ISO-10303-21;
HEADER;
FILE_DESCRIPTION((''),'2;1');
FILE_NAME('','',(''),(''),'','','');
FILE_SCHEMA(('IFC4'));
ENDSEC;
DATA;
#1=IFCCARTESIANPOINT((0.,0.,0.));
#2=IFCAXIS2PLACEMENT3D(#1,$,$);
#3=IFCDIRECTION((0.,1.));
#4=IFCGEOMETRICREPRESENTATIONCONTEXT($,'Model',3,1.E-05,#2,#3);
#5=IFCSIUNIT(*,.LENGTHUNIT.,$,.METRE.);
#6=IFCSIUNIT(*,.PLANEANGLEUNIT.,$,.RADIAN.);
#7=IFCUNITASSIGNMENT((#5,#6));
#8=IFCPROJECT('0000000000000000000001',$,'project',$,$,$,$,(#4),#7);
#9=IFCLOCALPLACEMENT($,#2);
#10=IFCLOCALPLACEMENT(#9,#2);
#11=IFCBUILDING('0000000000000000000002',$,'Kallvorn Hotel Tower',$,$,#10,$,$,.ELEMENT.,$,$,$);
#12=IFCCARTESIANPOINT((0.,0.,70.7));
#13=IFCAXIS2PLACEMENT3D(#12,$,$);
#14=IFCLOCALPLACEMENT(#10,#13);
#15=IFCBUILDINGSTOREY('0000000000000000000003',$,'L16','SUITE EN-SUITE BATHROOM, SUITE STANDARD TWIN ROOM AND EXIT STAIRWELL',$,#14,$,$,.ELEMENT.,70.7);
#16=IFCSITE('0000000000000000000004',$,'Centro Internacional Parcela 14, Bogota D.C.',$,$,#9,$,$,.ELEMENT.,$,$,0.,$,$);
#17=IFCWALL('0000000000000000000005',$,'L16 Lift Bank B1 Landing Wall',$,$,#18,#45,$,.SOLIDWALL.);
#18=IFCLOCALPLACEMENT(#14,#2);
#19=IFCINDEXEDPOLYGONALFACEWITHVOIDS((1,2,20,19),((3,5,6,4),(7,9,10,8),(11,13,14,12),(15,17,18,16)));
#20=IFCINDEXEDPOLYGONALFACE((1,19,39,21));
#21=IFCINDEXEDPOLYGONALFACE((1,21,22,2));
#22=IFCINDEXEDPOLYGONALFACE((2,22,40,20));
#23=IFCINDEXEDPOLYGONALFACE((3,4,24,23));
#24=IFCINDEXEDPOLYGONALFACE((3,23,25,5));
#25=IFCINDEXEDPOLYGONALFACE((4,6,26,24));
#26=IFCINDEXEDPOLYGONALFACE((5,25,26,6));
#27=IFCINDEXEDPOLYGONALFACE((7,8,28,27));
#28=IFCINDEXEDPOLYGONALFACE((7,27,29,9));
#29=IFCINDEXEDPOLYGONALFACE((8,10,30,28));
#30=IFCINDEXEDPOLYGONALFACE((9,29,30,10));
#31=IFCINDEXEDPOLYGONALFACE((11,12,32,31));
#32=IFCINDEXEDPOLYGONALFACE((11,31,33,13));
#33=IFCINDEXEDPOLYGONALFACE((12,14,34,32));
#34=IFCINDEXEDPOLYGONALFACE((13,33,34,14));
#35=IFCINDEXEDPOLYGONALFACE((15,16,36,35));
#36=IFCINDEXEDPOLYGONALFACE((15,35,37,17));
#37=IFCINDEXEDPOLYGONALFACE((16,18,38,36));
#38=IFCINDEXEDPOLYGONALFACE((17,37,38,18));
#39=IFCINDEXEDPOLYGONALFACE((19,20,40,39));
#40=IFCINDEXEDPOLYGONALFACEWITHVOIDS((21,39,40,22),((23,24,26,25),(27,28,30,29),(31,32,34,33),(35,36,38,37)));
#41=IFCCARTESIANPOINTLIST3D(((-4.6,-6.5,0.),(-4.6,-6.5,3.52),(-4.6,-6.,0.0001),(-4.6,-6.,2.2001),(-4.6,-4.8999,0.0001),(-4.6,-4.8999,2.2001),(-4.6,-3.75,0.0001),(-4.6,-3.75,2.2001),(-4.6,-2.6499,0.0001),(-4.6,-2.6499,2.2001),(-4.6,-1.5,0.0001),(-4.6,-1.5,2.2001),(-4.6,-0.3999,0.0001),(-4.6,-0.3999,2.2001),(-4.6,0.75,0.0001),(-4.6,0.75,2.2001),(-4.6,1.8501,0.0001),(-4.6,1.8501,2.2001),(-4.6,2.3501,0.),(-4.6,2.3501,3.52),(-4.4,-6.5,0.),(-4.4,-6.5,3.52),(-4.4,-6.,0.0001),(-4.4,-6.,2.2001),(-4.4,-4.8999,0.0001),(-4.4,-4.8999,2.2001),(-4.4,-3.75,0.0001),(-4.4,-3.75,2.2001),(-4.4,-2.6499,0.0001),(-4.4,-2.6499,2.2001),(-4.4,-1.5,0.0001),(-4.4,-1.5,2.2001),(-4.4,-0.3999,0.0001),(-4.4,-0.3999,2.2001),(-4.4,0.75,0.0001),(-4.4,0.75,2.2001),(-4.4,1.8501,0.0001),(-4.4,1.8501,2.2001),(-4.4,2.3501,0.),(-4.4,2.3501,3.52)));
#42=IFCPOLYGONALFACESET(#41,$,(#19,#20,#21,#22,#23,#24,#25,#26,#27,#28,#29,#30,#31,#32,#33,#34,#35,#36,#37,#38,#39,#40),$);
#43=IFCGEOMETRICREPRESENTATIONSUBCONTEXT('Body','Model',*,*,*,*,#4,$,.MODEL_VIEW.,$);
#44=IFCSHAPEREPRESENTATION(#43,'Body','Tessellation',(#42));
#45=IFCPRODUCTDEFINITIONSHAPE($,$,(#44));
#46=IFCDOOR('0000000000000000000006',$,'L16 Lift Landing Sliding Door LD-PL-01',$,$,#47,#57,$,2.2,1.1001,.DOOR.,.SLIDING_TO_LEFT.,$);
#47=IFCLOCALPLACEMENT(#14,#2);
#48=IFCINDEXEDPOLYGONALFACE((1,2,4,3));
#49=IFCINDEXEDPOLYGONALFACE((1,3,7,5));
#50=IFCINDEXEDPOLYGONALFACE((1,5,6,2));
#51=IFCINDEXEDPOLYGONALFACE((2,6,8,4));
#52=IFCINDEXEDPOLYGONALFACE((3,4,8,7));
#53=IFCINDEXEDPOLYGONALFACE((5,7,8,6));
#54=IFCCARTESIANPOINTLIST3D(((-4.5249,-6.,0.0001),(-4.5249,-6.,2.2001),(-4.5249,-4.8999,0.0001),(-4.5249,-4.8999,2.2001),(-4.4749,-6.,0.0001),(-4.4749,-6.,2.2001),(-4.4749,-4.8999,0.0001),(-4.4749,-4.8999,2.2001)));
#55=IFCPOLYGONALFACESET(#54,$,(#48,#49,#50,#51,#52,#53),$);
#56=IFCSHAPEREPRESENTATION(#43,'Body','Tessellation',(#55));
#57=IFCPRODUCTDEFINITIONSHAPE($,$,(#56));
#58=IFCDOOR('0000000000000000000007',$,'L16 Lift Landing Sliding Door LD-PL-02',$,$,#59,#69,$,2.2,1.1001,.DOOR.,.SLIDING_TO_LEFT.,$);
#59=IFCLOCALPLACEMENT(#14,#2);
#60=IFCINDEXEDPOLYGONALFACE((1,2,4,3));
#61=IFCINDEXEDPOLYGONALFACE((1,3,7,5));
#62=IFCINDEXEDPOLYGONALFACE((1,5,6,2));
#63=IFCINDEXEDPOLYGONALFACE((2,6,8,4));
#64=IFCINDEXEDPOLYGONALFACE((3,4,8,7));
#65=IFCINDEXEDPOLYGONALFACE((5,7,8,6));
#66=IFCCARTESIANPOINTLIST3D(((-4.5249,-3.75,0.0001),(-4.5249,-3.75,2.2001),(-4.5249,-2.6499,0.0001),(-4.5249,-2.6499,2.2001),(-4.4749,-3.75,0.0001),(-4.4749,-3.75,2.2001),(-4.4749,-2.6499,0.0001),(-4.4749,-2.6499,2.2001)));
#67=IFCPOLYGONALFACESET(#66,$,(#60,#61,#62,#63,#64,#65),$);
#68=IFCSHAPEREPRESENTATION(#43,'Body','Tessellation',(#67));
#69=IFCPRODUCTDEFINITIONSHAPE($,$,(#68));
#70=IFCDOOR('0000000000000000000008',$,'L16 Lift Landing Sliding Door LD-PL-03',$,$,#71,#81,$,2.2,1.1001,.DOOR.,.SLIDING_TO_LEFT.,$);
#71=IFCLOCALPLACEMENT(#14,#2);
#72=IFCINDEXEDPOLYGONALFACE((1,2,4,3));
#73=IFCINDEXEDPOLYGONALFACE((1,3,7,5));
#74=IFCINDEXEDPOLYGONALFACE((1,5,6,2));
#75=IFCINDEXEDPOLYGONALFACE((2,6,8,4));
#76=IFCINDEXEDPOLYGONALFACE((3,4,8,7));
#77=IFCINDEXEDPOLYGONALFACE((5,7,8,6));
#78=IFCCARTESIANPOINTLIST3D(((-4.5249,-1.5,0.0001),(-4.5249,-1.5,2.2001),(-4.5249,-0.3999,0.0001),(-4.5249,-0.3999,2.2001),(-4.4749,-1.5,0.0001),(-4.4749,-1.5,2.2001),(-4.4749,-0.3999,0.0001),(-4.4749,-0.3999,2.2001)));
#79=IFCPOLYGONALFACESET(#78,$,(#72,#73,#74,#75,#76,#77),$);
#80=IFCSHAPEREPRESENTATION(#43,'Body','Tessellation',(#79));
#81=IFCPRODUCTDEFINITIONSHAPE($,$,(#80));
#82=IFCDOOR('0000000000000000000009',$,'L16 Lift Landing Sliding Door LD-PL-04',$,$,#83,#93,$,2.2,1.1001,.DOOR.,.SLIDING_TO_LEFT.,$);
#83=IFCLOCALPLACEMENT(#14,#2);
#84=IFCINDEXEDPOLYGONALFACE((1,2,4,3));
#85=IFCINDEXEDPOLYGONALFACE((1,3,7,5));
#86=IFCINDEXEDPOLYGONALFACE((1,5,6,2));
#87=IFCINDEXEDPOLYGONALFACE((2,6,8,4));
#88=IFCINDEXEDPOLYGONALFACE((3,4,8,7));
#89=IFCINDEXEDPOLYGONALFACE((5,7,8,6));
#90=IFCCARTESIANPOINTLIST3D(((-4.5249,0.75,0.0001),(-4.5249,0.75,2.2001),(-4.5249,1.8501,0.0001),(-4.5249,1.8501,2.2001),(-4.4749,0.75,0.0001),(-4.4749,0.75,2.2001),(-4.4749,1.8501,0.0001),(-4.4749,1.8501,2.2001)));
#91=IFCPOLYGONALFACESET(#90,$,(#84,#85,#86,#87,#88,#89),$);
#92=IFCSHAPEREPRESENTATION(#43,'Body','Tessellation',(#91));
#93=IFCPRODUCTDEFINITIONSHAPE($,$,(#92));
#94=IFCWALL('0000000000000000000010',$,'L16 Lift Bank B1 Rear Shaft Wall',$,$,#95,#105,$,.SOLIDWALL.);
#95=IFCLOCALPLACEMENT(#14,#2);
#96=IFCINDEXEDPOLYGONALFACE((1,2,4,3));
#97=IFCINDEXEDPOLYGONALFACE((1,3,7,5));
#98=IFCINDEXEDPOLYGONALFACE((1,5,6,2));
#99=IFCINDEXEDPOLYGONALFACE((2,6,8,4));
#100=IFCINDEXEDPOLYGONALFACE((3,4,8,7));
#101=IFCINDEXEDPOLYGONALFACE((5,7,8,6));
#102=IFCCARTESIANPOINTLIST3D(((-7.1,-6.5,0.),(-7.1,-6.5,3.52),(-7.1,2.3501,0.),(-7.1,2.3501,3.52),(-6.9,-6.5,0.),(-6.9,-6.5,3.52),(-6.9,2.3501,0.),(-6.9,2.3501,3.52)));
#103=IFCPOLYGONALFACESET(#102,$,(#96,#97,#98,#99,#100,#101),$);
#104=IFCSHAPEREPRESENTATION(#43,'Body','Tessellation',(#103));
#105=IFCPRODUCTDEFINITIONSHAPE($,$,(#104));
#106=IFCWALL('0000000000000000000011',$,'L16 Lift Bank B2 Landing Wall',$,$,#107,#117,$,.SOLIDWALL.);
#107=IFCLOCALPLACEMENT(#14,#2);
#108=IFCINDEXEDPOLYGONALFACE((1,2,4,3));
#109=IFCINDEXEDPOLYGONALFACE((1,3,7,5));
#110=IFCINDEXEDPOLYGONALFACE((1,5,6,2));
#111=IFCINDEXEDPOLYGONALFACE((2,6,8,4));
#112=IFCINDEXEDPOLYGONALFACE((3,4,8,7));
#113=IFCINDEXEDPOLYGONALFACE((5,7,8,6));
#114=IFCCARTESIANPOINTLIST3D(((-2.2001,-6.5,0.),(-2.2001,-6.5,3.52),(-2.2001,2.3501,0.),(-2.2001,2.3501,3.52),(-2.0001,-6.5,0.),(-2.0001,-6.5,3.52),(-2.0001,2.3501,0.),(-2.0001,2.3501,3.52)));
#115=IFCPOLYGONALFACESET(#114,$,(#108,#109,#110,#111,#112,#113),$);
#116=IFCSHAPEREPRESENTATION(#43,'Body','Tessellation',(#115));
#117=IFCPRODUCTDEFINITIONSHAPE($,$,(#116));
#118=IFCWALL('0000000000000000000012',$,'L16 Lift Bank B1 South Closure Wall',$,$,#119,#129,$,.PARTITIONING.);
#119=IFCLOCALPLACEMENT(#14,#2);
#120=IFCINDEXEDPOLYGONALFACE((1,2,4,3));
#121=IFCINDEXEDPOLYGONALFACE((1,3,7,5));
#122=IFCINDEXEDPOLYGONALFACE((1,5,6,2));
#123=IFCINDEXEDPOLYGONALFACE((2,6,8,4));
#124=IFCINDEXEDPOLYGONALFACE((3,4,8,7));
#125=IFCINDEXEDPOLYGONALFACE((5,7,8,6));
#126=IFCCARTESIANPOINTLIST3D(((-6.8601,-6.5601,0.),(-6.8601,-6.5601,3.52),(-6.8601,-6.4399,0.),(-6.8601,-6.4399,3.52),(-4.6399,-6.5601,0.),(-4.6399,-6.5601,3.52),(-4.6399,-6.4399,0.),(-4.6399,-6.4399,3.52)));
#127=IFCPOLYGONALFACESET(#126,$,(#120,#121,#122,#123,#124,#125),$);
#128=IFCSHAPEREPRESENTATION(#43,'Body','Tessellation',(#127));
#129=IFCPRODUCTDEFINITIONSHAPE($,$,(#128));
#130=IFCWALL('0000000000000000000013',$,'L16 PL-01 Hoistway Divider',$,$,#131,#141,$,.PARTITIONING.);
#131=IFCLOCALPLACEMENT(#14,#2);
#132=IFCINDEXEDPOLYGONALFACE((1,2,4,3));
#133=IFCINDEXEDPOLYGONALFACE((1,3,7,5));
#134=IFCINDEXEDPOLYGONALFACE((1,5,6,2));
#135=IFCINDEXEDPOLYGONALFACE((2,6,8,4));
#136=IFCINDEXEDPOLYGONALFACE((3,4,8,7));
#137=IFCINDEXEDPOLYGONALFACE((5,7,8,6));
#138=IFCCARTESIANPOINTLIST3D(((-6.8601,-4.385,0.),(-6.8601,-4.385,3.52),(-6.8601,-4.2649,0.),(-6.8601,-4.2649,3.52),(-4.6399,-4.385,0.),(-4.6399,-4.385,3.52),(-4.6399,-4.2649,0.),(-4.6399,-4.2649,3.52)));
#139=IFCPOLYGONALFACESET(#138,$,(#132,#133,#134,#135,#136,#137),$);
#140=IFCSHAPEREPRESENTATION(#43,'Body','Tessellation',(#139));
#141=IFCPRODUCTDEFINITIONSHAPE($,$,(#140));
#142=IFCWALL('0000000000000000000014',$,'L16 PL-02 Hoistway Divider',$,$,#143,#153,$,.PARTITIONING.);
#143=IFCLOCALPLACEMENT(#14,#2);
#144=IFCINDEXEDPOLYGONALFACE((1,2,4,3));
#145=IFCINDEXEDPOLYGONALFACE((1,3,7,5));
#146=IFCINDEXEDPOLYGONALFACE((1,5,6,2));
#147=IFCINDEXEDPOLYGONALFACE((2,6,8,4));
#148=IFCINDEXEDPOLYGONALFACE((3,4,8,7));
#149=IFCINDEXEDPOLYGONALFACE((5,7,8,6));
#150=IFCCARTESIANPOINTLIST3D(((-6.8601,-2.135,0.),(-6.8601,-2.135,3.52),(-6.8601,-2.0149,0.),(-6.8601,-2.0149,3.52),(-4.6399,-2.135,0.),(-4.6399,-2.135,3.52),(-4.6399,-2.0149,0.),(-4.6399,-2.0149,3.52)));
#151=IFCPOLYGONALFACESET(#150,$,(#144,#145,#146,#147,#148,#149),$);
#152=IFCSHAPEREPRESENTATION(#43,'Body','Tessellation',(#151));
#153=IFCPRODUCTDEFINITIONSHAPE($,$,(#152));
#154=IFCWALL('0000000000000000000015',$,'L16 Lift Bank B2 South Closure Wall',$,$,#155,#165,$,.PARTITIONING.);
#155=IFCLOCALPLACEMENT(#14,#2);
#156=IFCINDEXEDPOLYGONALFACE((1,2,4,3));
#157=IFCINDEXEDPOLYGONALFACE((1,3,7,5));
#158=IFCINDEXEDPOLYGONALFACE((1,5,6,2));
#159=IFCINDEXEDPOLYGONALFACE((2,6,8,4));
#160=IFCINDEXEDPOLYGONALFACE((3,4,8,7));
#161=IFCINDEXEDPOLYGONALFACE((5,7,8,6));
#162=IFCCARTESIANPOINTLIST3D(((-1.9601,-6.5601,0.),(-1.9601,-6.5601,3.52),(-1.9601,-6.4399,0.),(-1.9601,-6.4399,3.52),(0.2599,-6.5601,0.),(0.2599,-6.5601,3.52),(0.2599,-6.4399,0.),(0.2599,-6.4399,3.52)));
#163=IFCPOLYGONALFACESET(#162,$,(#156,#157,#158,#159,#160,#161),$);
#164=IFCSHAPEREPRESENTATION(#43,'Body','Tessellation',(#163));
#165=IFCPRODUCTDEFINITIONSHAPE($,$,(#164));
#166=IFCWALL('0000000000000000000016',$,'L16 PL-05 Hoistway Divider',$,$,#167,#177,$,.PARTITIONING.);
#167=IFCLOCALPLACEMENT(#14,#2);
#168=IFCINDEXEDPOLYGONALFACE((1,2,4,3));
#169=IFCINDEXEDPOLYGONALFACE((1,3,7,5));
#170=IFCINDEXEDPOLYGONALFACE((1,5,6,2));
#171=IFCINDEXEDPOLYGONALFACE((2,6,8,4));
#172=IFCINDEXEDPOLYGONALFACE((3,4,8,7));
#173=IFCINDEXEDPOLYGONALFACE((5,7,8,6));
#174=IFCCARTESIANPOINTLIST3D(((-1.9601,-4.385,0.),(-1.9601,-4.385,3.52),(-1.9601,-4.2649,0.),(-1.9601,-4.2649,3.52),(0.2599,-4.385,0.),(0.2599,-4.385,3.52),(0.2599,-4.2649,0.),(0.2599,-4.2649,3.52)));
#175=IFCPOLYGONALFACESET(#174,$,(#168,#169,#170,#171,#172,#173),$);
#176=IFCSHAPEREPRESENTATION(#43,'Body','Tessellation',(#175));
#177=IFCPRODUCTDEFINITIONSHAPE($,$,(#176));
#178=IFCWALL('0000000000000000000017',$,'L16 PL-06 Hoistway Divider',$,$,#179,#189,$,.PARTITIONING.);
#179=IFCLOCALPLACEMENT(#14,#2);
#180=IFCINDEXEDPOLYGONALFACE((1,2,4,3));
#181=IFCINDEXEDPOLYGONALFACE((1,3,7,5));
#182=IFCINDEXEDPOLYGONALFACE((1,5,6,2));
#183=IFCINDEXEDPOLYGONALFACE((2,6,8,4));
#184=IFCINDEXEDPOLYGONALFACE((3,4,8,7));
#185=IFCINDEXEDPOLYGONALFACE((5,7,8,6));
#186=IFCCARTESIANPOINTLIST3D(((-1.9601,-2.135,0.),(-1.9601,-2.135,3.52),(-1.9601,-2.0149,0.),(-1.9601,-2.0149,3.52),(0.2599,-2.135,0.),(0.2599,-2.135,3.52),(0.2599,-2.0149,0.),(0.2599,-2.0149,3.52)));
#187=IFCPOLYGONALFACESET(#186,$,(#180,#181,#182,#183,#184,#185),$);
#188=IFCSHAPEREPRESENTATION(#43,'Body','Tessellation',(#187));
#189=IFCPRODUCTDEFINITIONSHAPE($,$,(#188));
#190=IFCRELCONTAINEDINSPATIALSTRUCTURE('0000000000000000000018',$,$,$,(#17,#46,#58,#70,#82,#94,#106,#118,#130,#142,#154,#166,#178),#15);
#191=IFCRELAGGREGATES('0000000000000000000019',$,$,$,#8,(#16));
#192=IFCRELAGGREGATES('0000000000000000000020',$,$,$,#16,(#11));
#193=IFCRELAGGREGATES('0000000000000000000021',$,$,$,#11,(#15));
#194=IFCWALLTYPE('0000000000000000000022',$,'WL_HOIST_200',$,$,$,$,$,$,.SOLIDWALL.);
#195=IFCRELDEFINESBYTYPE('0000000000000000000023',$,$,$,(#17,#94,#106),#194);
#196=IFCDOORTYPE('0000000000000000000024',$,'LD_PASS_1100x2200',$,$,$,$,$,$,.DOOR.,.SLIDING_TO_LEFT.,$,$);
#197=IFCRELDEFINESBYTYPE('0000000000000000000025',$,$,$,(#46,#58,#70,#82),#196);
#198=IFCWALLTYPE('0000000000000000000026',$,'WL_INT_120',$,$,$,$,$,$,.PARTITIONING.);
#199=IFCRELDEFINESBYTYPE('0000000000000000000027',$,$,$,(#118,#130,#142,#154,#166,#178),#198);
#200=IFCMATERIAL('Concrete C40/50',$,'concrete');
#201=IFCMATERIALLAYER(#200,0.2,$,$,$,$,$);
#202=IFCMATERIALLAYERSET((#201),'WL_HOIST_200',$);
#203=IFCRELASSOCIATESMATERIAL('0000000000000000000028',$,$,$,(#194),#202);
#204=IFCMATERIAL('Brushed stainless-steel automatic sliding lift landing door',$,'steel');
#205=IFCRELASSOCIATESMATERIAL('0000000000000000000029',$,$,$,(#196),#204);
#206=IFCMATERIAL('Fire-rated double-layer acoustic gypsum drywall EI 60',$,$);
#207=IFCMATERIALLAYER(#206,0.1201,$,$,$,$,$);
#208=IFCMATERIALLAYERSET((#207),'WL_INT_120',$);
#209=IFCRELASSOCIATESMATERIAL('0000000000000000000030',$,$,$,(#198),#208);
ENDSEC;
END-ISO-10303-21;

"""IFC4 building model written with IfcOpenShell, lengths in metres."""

from ifc_helpers import new_model, si_unit, direction, frame, frame_2d, origin, place, context, subcontext, project, spatial, rectangle, extrude, material, layer, layer_set, type_object, element, fill, save


model = new_model("IFC4")

# Units and contexts
model_context = context("Model", 3, precision=1e-05, world=origin(), true_north=direction((0.0, 1.0)))
body_context = subcontext(model_context, "Body", "Model", "MODEL_VIEW")
ifc_project = project(units=[si_unit("LENGTHUNIT", "METRE"), si_unit("PLANEANGLEUNIT", "RADIAN")], contexts=[model_context])

# Site, building, storey
site_placement = place(None, origin())
site = spatial("IfcSite", under=ifc_project, at=site_placement, Name="Centro Internacional Parcela 14, Bogota D.C.", CompositionType="ELEMENT", RefElevation=0.0)
building_placement = place(site_placement, origin())
building = spatial("IfcBuilding", under=site, at=building_placement, Name="Kallvorn Hotel Tower", CompositionType="ELEMENT")
storey_placement = place(building_placement, frame((0.0, 0.0, 70.7)))
storey = spatial("IfcBuildingStorey", under=building, at=storey_placement, Name="L16", Description="SUITE EN-SUITE BATHROOM, SUITE STANDARD TWIN ROOM AND EXIT STAIRWELL", CompositionType="ELEMENT", Elevation=70.7)

# Wall, openings, doors
ifc_material_1 = material(Name="Concrete C40/50", Category="concrete")
ifc_layer_1 = layer(ifc_material_1, 0.2)
ifc_layer_set_1 = layer_set([ifc_layer_1], Name="WL_HOIST_200")
wall_type_1 = type_object("IfcWallType", Name="WL_HOIST_200", PredefinedType="SOLIDWALL", material=ifc_layer_set_1)
wall_1_placement = place(storey_placement, frame((-4.5, -6.5, 0.0), z_axis=(0.0, 0.0, 1.0), x_axis=(0.0, 1.0, 0.0)))
wall_1 = element("IfcWall", 1, at=wall_1_placement, inside=storey, type_object=wall_type_1, Name="L16 Lift Bank B1 Landing Wall", PredefinedType="SOLIDWALL", context=body_context, shape_type="SweptSolid", body=[
    extrude(rectangle(XDim=8.8501, YDim=0.2, at=frame_2d((4.425, 0.0))), origin(), (0.0, 0.0, 1.0), 3.52),
])
opening_1_placement = place(wall_1_placement, frame((0.5, 0.0, 0.0)))
opening_1 = element("IfcOpeningElement", 2, at=opening_1_placement, cuts=wall_1, PredefinedType="OPENING", context=body_context, shape_type="SweptSolid", body=[
    extrude(rectangle(XDim=1.1001, YDim=2.2, at=frame_2d((0.55, 1.1001))), frame((0.0, 0.115, 0.0), z_axis=(0.0, -1.0, 0.0), x_axis=(1.0, 0.0, 0.0)), (0.0, 0.0, 1.0), 0.23),
])
opening_2_placement = place(wall_1_placement, frame((2.75, 0.0, 0.0)))
opening_2 = element("IfcOpeningElement", 3, at=opening_2_placement, cuts=wall_1, PredefinedType="OPENING", context=body_context, shape_type="SweptSolid", body=[
    extrude(rectangle(XDim=1.1001, YDim=2.2, at=frame_2d((0.55, 1.1001))), frame((0.0, 0.115, 0.0), z_axis=(0.0, -1.0, 0.0), x_axis=(1.0, 0.0, 0.0)), (0.0, 0.0, 1.0), 0.23),
])
opening_3_placement = place(wall_1_placement, frame((5.0, 0.0, 0.0)))
opening_3 = element("IfcOpeningElement", 4, at=opening_3_placement, cuts=wall_1, PredefinedType="OPENING", context=body_context, shape_type="SweptSolid", body=[
    extrude(rectangle(XDim=1.1001, YDim=2.2, at=frame_2d((0.55, 1.1001))), frame((0.0, 0.115, 0.0), z_axis=(0.0, -1.0, 0.0), x_axis=(1.0, 0.0, 0.0)), (0.0, 0.0, 1.0), 0.23),
])
opening_4_placement = place(wall_1_placement, frame((7.25, 0.0, 0.0)))
opening_4 = element("IfcOpeningElement", 5, at=opening_4_placement, cuts=wall_1, PredefinedType="OPENING", context=body_context, shape_type="SweptSolid", body=[
    extrude(rectangle(XDim=1.1001, YDim=2.2, at=frame_2d((0.55, 1.1001))), frame((0.0, 0.115, 0.0), z_axis=(0.0, -1.0, 0.0), x_axis=(1.0, 0.0, 0.0)), (0.0, 0.0, 1.0), 0.23),
])
ifc_material_2 = material(Name="Brushed stainless-steel automatic sliding lift landing door", Category="steel")
door_type_1 = type_object("IfcDoorType", Name="LD_PASS_1100x2200", OperationType="SLIDING_TO_LEFT", PredefinedType="DOOR", material=ifc_material_2)
door_1_placement = place(opening_1_placement, origin())
door_1 = element("IfcDoor", 6, at=door_1_placement, inside=storey, type_object=door_type_1, Name="L16 Lift Landing Sliding Door LD-PL-01", OperationType="SLIDING_TO_LEFT", OverallHeight=2.2, OverallWidth=1.1001, PredefinedType="DOOR", context=body_context, shape_type="SweptSolid", body=[
    extrude(rectangle(XDim=1.1001, YDim=2.2, at=frame_2d((0.55, 1.1001))), frame((0.0, 0.0249, 0.0), z_axis=(0.0, -1.0, 0.0), x_axis=(1.0, 0.0, 0.0)), (0.0, 0.0, 1.0), 0.05),
])
fill(opening_1, door_1)
door_2_placement = place(opening_2_placement, origin())
door_2 = element("IfcDoor", 7, at=door_2_placement, inside=storey, type_object=door_type_1, Name="L16 Lift Landing Sliding Door LD-PL-02", OperationType="SLIDING_TO_LEFT", OverallHeight=2.2, OverallWidth=1.1001, PredefinedType="DOOR", context=body_context, shape_type="SweptSolid", body=[
    extrude(rectangle(XDim=1.1001, YDim=2.2, at=frame_2d((0.55, 1.1001))), frame((0.0, 0.0249, 0.0), z_axis=(0.0, -1.0, 0.0), x_axis=(1.0, 0.0, 0.0)), (0.0, 0.0, 1.0), 0.05),
])
fill(opening_2, door_2)
door_3_placement = place(opening_3_placement, origin())
door_3 = element("IfcDoor", 8, at=door_3_placement, inside=storey, type_object=door_type_1, Name="L16 Lift Landing Sliding Door LD-PL-03", OperationType="SLIDING_TO_LEFT", OverallHeight=2.2, OverallWidth=1.1001, PredefinedType="DOOR", context=body_context, shape_type="SweptSolid", body=[
    extrude(rectangle(XDim=1.1001, YDim=2.2, at=frame_2d((0.55, 1.1001))), frame((0.0, 0.0249, 0.0), z_axis=(0.0, -1.0, 0.0), x_axis=(1.0, 0.0, 0.0)), (0.0, 0.0, 1.0), 0.05),
])
fill(opening_3, door_3)
door_4_placement = place(opening_4_placement, origin())
door_4 = element("IfcDoor", 9, at=door_4_placement, inside=storey, type_object=door_type_1, Name="L16 Lift Landing Sliding Door LD-PL-04", OperationType="SLIDING_TO_LEFT", OverallHeight=2.2, OverallWidth=1.1001, PredefinedType="DOOR", context=body_context, shape_type="SweptSolid", body=[
    extrude(rectangle(XDim=1.1001, YDim=2.2, at=frame_2d((0.55, 1.1001))), frame((0.0, 0.0249, 0.0), z_axis=(0.0, -1.0, 0.0), x_axis=(1.0, 0.0, 0.0)), (0.0, 0.0, 1.0), 0.05),
])
fill(opening_4, door_4)

# Walls
for number, where, z_axis, x_axis, name in (
    (10, (-7.0, -6.5, 0.0), (0.0, 0.0, 1.0), (0.0, 1.0, 0.0), "L16 Lift Bank B1 Rear Shaft Wall"),
    (11, (-2.1001, -6.5, 0.0), (0.0, 0.0, 1.0), (0.0, 1.0, 0.0), "L16 Lift Bank B2 Landing Wall"),
):
    element("IfcWall", number, at=place(storey_placement, frame(where, z_axis=z_axis, x_axis=x_axis)), inside=storey, type_object=wall_type_1, Name=name, PredefinedType="SOLIDWALL", context=body_context, shape_type="SweptSolid", body=[
        extrude(rectangle(XDim=8.8501, YDim=0.2, at=frame_2d((4.425, 0.0))), origin(), (0.0, 0.0, 1.0), 3.52),
    ])
ifc_material_3 = material(Name="Fire-rated double-layer acoustic gypsum drywall EI 60")
ifc_layer_2 = layer(ifc_material_3, 0.1201)
ifc_layer_set_2 = layer_set([ifc_layer_2], Name="WL_INT_120")
wall_type_2 = type_object("IfcWallType", Name="WL_INT_120", PredefinedType="PARTITIONING", material=ifc_layer_set_2)
for number, where, z_axis, x_axis, name in (
    (12, (-6.8601, -6.5, 0.0), (0.0, 0.0, 1.0), (1.0, 0.0, 0.0), "L16 Lift Bank B1 South Closure Wall"),
    (13, (-6.8601, -4.325, 0.0), (0.0, 0.0, 1.0), (1.0, 0.0, 0.0), "L16 PL-01 Hoistway Divider"),
    (14, (-6.8601, -2.075, 0.0), (0.0, 0.0, 1.0), (1.0, 0.0, 0.0), "L16 PL-02 Hoistway Divider"),
):
    element("IfcWall", number, at=place(storey_placement, frame(where, z_axis=z_axis, x_axis=x_axis)), inside=storey, type_object=wall_type_2, Name=name, PredefinedType="PARTITIONING", context=body_context, shape_type="SweptSolid", body=[
        extrude(rectangle(XDim=2.2202, YDim=0.1201, at=frame_2d((1.1101, 0.0))), origin(), (0.0, 0.0, 1.0), 3.52),
    ])
for number, where, z_axis, x_axis, name in (
    (15, (-1.96, -6.5, 0.0), (0.0, 0.0, 1.0), (1.0, 0.0, 0.0), "L16 Lift Bank B2 South Closure Wall"),
    (16, (-1.96, -4.325, 0.0), (0.0, 0.0, 1.0), (1.0, 0.0, 0.0), "L16 PL-05 Hoistway Divider"),
    (17, (-1.96, -2.075, 0.0), (0.0, 0.0, 1.0), (1.0, 0.0, 0.0), "L16 PL-06 Hoistway Divider"),
):
    element("IfcWall", number, at=place(storey_placement, frame(where, z_axis=z_axis, x_axis=x_axis)), inside=storey, type_object=wall_type_2, Name=name, PredefinedType="PARTITIONING", context=body_context, shape_type="SweptSolid", body=[
        extrude(rectangle(XDim=2.22, YDim=0.1201, at=frame_2d((1.1099, 0.0))), origin(), (0.0, 0.0, 1.0), 3.52),
    ])

save(model, "model.ifc")
